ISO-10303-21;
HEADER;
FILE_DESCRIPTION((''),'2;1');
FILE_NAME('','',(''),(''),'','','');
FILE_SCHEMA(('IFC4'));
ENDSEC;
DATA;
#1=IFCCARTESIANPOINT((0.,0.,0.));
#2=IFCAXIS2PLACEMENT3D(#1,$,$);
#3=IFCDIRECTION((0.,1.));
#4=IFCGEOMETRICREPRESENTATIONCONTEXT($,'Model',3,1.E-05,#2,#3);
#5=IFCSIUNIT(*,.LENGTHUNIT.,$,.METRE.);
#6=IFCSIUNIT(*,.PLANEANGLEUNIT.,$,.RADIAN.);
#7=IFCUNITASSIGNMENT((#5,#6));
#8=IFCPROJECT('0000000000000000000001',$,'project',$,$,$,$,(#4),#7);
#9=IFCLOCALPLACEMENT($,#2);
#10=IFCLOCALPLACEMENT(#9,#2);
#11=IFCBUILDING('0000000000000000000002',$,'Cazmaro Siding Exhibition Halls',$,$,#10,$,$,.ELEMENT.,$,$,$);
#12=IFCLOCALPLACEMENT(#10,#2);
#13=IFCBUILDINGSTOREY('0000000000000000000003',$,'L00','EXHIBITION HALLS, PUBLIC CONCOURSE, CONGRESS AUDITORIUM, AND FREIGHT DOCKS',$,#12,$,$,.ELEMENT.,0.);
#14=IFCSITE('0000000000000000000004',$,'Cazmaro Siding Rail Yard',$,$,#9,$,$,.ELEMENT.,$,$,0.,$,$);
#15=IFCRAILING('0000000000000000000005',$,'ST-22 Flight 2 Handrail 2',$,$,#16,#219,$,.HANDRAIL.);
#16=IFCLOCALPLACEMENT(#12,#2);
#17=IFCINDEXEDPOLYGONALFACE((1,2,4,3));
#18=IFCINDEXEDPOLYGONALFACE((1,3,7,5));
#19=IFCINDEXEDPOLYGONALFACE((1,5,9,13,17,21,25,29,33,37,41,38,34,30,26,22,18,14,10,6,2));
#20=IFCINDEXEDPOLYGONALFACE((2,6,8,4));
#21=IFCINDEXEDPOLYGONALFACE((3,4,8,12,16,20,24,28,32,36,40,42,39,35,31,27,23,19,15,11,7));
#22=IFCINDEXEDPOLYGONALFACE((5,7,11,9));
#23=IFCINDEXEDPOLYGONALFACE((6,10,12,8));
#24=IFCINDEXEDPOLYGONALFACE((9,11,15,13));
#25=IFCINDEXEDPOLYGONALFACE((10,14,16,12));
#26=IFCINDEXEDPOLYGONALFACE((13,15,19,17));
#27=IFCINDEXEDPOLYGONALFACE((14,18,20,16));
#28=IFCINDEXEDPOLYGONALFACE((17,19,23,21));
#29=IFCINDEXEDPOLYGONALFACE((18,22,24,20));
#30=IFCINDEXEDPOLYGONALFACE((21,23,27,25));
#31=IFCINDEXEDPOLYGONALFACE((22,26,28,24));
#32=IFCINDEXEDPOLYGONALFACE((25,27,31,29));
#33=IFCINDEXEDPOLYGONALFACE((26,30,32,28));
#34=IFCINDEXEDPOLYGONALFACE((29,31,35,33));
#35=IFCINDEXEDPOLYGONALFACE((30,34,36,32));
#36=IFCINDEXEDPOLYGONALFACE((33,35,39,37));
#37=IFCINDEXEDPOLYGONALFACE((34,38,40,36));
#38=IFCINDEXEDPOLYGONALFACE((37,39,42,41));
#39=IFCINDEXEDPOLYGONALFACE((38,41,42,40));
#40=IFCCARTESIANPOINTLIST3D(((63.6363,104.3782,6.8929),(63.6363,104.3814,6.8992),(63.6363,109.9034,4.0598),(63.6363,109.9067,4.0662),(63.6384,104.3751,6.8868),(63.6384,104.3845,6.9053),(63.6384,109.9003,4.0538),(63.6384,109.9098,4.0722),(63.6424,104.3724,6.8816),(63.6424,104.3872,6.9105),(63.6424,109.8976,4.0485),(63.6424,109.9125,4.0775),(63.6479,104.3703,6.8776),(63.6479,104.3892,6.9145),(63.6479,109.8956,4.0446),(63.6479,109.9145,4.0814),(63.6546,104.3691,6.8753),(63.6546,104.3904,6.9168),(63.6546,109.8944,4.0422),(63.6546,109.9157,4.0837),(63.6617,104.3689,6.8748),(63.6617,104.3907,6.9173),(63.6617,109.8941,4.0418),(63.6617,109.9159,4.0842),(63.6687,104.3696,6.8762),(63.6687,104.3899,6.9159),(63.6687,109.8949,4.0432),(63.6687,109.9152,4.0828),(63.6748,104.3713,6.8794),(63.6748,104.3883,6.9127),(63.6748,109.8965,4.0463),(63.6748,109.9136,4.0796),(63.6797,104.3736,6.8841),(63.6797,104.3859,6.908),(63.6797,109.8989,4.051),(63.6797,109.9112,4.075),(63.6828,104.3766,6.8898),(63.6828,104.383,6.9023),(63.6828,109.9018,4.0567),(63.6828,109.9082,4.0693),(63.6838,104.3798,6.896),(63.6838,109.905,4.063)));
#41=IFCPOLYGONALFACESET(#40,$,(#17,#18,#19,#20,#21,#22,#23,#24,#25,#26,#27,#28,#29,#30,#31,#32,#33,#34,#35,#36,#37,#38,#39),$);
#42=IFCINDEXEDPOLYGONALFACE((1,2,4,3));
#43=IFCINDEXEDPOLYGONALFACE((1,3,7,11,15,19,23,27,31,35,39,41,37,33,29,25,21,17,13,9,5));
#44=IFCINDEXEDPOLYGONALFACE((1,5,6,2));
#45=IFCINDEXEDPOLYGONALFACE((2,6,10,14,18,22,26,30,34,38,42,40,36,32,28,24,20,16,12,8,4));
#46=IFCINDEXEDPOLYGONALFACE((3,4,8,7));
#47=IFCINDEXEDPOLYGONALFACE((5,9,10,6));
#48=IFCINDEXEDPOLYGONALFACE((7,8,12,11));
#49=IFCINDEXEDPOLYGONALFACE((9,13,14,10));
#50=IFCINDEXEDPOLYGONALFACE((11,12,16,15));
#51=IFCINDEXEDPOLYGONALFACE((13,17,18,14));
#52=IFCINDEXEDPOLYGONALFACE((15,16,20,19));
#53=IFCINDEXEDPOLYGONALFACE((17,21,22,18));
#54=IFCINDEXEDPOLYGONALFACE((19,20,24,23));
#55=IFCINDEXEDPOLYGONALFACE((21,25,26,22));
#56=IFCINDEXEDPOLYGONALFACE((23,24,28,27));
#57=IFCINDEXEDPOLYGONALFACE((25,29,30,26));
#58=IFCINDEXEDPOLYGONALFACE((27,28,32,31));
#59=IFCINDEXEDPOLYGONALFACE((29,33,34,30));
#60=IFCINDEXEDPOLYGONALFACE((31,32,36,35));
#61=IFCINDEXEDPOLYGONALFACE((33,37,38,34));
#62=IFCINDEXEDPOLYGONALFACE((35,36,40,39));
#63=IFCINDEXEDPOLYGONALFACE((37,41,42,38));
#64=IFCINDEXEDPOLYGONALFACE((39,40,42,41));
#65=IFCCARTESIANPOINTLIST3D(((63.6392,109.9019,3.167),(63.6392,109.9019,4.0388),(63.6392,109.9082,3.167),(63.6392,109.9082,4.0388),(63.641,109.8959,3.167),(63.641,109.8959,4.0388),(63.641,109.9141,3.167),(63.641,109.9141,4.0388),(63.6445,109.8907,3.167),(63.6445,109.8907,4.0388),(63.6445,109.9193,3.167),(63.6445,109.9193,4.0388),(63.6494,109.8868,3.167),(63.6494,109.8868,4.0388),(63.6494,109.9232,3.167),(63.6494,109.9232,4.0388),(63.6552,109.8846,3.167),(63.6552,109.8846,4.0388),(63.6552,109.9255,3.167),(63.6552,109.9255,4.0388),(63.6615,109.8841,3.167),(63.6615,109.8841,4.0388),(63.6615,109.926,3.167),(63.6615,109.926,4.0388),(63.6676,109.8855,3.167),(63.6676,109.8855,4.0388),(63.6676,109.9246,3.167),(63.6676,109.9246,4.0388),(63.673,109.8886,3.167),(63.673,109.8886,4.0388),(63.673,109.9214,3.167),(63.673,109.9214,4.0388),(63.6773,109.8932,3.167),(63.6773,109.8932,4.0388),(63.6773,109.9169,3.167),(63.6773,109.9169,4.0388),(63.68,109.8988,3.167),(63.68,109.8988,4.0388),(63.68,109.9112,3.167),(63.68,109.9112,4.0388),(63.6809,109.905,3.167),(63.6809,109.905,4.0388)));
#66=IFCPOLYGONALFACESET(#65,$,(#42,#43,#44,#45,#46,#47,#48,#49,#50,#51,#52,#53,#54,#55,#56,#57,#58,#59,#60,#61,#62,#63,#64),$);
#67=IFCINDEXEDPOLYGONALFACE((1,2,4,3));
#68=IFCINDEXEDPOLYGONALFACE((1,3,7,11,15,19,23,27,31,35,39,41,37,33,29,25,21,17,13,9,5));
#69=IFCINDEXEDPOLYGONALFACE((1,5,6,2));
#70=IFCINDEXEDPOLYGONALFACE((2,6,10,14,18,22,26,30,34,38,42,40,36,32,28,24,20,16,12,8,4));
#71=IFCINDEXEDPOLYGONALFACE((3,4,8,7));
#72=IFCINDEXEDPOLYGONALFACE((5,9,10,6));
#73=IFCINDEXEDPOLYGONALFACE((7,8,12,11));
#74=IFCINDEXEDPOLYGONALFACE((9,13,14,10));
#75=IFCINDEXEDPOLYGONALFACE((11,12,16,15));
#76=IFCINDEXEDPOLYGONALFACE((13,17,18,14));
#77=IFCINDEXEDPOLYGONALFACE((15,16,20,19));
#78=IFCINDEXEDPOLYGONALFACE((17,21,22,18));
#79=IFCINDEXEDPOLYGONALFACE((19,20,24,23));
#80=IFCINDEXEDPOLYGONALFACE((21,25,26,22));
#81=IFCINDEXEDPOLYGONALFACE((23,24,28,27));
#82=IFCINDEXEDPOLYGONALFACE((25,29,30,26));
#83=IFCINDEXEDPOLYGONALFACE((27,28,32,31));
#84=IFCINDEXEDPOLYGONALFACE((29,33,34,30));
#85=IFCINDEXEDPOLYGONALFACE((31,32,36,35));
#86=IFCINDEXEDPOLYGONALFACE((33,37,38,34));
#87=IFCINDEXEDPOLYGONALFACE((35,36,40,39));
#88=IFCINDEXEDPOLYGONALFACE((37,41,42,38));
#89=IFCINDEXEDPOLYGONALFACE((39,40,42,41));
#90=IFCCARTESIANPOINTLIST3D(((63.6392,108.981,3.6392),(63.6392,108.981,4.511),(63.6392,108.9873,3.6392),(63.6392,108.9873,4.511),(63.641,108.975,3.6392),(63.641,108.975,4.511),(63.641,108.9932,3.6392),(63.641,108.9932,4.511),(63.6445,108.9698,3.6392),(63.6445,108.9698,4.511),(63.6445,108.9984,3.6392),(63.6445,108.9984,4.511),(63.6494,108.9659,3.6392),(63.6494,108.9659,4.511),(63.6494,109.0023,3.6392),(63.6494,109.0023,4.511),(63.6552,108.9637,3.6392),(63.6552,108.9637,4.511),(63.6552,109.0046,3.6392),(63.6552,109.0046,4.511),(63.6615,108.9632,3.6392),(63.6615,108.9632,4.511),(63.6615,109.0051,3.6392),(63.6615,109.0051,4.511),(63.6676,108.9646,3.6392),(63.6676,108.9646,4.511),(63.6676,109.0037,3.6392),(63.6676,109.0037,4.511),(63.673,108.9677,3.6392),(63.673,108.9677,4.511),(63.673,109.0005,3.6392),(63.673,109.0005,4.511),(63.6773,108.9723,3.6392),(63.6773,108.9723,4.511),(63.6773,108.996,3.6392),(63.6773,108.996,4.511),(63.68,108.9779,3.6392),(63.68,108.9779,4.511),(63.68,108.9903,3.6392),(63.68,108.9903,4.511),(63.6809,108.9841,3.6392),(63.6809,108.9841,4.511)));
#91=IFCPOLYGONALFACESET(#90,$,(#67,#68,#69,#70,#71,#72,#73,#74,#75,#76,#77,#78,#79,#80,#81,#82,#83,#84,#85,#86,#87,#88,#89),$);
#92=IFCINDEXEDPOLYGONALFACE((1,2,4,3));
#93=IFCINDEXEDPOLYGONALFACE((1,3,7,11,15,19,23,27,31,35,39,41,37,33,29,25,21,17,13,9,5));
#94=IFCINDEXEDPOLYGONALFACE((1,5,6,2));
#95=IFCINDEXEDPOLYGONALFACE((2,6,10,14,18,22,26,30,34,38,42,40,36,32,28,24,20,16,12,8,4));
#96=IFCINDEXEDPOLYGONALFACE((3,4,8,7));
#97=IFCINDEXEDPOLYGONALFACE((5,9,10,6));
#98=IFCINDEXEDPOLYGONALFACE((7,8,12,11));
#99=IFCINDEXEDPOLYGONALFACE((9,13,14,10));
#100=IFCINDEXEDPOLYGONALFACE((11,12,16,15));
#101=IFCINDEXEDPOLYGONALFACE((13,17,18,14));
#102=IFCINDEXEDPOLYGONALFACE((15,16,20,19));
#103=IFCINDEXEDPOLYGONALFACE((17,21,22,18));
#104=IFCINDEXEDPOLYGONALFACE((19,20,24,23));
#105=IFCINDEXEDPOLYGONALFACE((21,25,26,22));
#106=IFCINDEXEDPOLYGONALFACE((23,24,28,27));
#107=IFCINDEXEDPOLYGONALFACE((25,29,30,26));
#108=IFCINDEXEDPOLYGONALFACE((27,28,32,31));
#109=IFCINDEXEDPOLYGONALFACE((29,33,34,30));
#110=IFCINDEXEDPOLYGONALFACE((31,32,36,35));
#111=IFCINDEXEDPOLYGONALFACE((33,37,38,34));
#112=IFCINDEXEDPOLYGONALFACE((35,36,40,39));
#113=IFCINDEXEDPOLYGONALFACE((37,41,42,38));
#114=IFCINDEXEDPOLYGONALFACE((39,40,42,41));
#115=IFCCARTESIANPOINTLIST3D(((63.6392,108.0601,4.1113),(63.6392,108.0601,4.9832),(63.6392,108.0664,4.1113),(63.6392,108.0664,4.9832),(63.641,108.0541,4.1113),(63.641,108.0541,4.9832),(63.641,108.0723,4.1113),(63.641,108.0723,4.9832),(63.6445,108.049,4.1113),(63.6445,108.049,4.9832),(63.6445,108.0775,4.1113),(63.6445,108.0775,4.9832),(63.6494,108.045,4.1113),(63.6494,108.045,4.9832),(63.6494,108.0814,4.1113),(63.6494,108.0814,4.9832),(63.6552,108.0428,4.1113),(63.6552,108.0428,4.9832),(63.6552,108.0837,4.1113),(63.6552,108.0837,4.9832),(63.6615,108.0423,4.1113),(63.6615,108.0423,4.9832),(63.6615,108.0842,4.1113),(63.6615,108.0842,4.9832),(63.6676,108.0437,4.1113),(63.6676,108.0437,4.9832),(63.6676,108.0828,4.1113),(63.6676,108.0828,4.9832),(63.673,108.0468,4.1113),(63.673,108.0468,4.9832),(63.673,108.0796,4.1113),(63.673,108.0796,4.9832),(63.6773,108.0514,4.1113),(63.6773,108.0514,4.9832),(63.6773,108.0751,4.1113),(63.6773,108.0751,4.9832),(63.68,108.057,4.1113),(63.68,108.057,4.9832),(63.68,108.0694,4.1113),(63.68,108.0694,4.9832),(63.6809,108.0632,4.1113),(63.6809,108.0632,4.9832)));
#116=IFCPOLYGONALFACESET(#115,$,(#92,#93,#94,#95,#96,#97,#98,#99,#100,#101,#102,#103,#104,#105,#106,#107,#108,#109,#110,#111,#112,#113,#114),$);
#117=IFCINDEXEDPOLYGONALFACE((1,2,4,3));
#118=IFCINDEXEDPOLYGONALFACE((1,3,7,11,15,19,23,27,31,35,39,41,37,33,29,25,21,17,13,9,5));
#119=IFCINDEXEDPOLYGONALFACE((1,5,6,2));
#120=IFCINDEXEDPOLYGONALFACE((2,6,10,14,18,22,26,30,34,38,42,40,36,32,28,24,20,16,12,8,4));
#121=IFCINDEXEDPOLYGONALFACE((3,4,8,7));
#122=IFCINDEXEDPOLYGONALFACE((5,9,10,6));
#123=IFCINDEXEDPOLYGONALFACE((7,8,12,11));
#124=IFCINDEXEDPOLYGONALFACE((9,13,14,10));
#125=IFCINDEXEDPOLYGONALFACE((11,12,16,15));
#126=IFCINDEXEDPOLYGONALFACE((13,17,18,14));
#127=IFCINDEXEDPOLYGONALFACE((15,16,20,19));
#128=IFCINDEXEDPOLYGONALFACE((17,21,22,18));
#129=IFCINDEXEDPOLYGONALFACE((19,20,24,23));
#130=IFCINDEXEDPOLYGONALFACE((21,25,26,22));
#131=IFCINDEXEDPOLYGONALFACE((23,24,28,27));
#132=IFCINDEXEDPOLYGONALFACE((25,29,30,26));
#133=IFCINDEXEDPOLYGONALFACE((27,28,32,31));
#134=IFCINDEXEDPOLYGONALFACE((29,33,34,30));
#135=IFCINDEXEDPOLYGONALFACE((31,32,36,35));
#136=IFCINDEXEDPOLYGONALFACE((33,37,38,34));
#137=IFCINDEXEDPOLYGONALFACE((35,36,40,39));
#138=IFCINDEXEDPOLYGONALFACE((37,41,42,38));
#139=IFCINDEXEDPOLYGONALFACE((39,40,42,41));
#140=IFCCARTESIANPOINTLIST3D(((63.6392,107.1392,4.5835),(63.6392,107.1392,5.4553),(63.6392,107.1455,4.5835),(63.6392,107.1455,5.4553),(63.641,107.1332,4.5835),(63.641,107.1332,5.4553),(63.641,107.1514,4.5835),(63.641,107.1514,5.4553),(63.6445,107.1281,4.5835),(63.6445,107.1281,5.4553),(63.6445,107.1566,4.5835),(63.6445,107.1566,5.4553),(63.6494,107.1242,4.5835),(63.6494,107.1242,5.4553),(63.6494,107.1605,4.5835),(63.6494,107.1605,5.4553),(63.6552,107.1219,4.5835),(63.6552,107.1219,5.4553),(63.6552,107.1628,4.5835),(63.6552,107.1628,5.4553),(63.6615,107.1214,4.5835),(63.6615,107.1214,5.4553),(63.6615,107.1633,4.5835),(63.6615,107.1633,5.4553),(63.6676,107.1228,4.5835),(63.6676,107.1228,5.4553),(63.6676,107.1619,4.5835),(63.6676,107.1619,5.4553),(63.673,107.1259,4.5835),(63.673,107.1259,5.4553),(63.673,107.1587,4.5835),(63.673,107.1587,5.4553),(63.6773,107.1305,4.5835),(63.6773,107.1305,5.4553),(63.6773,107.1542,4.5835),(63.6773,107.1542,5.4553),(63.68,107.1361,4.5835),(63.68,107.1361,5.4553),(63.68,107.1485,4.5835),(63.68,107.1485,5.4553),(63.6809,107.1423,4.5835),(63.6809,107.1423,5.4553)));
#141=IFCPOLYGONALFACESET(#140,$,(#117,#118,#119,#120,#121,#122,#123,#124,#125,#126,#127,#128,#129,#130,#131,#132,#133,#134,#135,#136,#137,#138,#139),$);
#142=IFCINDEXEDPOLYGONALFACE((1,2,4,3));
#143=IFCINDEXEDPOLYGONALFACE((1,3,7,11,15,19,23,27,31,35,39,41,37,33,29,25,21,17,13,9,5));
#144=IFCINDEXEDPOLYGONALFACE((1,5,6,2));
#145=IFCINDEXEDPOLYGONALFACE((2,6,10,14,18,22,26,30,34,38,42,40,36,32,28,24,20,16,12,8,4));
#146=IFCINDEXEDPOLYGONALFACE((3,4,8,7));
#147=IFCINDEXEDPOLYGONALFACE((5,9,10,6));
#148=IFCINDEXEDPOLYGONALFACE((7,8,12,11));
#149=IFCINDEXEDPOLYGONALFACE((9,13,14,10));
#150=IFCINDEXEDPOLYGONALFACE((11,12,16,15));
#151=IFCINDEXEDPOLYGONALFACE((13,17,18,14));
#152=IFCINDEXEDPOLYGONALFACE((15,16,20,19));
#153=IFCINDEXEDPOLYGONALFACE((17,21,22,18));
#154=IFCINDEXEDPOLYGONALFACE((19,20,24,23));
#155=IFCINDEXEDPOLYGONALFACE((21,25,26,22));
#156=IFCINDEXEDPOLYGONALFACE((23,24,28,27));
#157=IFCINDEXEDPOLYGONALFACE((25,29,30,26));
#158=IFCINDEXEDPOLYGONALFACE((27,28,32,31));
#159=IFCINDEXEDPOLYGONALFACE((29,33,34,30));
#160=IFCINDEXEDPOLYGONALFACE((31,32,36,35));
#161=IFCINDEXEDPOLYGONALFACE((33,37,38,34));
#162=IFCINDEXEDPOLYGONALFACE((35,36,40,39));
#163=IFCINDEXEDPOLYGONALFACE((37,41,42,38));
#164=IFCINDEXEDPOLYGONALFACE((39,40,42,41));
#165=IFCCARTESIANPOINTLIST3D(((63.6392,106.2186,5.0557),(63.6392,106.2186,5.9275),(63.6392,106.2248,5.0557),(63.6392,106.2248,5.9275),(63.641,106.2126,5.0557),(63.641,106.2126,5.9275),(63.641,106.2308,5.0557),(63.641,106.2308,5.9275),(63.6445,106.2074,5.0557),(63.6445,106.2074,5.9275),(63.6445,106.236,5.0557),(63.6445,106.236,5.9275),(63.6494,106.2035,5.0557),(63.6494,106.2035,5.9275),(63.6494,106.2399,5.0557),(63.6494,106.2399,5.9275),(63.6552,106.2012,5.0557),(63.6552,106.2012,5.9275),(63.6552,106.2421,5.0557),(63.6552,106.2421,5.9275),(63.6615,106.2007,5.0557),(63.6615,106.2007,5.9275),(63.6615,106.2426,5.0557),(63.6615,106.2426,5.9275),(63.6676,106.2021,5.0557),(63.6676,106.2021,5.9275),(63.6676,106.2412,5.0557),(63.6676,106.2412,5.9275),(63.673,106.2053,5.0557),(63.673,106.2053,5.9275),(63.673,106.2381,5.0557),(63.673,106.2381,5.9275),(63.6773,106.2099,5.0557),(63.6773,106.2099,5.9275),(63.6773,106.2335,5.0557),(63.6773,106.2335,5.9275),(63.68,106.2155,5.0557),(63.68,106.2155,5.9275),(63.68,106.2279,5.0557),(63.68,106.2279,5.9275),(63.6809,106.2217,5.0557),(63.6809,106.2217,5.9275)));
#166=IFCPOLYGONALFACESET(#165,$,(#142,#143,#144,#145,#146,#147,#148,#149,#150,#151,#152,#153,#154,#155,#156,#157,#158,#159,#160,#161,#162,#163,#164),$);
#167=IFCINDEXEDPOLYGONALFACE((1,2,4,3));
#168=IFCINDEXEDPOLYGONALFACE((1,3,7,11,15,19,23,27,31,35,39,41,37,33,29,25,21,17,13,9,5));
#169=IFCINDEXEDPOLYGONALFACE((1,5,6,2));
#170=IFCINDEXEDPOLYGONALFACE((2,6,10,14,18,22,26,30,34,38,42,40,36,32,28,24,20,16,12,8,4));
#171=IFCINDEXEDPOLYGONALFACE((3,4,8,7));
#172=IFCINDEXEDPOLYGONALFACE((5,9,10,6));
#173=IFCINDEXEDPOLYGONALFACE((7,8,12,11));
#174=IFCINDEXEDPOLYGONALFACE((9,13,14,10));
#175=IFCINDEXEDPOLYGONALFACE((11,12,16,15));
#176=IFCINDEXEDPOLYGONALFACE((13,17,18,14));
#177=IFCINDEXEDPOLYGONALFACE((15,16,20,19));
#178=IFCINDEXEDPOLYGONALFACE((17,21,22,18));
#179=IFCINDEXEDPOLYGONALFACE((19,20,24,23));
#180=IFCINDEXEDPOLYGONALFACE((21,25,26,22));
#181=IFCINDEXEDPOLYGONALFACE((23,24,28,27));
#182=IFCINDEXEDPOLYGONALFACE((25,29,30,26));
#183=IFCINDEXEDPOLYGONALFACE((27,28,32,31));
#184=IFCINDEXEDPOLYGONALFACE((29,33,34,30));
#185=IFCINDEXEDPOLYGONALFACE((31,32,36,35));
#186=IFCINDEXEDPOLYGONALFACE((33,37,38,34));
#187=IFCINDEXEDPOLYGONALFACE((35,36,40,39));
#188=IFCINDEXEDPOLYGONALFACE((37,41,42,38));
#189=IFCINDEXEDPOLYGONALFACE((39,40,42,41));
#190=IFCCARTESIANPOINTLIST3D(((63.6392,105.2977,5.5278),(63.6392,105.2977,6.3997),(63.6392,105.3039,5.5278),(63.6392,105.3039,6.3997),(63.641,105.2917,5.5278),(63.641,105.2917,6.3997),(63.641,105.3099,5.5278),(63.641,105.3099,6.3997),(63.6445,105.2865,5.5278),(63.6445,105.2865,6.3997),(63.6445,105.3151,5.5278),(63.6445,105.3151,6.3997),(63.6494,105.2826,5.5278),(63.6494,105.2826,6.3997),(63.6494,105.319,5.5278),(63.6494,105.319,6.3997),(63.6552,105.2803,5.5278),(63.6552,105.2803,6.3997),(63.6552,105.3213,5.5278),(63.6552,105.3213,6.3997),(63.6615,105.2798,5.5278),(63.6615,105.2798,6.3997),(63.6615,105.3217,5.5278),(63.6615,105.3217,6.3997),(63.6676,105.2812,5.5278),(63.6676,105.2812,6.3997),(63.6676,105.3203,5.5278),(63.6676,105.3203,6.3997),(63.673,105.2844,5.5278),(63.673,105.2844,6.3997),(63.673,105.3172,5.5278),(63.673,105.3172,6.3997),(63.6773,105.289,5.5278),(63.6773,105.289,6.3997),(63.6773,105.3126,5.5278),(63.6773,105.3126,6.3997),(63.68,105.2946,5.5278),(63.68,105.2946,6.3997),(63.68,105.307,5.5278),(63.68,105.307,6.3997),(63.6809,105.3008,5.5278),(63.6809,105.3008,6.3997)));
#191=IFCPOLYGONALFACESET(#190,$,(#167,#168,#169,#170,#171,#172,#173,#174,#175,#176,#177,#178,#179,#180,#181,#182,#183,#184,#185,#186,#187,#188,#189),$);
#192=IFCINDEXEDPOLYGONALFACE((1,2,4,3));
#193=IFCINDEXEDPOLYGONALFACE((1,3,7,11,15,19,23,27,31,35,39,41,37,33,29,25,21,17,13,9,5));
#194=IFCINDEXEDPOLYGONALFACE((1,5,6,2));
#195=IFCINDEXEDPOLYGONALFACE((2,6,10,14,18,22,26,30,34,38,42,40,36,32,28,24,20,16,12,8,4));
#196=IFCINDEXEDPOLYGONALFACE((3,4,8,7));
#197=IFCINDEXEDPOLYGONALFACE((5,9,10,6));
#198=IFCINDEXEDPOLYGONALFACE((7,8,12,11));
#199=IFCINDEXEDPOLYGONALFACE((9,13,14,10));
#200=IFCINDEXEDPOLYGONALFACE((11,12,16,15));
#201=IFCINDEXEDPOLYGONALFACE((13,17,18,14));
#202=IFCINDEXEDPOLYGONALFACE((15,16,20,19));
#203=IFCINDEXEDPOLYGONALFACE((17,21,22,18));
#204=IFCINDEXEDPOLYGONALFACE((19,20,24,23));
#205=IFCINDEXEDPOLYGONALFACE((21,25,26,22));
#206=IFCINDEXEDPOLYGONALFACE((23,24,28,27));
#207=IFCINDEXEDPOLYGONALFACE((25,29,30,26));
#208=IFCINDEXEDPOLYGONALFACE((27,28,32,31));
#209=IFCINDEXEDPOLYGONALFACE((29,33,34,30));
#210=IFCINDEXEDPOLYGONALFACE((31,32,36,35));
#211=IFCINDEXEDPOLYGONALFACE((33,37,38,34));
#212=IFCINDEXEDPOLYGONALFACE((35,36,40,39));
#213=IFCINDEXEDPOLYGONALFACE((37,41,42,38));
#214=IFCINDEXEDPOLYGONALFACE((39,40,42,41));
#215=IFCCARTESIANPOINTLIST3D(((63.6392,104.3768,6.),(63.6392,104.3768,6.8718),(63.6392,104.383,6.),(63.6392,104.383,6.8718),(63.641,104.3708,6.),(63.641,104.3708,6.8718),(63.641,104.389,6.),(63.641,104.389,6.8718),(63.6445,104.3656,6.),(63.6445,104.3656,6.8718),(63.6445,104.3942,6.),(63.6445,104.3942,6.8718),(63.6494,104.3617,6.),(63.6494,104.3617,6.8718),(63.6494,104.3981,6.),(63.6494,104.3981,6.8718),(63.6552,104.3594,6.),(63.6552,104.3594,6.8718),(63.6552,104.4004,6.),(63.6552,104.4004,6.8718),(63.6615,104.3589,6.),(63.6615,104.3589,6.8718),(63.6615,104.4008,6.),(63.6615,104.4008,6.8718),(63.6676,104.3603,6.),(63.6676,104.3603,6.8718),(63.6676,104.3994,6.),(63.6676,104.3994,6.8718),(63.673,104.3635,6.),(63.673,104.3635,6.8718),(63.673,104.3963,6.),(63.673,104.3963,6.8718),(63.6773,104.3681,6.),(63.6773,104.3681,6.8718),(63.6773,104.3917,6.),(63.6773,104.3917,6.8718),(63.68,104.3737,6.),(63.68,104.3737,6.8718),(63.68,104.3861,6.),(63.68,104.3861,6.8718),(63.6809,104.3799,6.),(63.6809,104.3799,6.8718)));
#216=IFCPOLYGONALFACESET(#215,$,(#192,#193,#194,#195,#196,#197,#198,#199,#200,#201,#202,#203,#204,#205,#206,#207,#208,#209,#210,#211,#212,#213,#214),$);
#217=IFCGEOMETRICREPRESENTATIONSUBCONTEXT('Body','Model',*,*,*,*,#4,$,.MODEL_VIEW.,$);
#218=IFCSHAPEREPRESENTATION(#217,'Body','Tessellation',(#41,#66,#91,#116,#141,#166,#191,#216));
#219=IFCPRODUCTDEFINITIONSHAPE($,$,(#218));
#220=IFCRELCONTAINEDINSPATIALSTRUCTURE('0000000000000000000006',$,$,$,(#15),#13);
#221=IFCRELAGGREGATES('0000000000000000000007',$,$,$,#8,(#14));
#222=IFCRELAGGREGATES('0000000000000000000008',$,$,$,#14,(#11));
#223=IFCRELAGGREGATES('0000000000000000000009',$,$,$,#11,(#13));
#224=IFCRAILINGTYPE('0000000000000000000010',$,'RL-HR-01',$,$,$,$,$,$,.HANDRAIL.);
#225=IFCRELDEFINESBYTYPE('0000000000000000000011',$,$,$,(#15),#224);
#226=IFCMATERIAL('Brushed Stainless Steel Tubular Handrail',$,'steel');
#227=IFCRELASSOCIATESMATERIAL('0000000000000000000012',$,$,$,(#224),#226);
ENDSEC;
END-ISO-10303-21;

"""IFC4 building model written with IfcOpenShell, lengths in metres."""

from ifc_helpers import new_model, si_unit, direction, frame, origin, origin_2d, place, context, subcontext, project, spatial, circle, extrude, material, type_object, element, save


model = new_model("IFC4")

# Units and contexts
model_context = context("Model", 3, precision=1e-05, world=origin(), true_north=direction((0.0, 1.0)))
body_context = subcontext(model_context, "Body", "Model", "MODEL_VIEW")
ifc_project = project(units=[si_unit("LENGTHUNIT", "METRE"), si_unit("PLANEANGLEUNIT", "RADIAN")], contexts=[model_context])

# Site, building, storey
site_placement = place(None, origin())
site = spatial("IfcSite", under=ifc_project, at=site_placement, Name="Cazmaro Siding Rail Yard", CompositionType="ELEMENT", RefElevation=0.0)
building_placement = place(site_placement, origin())
building = spatial("IfcBuilding", under=site, at=building_placement, Name="Cazmaro Siding Exhibition Halls", CompositionType="ELEMENT")
storey_placement = place(building_placement, origin())
storey = spatial("IfcBuildingStorey", under=building, at=storey_placement, Name="L00", Description="EXHIBITION HALLS, PUBLIC CONCOURSE, CONGRESS AUDITORIUM, AND FREIGHT DOCKS", CompositionType="ELEMENT", Elevation=0.0)

# Railing
ifc_material_1 = material(Name="Brushed Stainless Steel Tubular Handrail", Category="steel")
railing_type_1 = type_object("IfcRailingType", Name="RL-HR-01", PredefinedType="HANDRAIL", material=ifc_material_1)
railing_1_placement = place(storey_placement, frame((63.6599, 109.905, 3.167)))
element("IfcRailing", 1, at=railing_1_placement, inside=storey, type_object=railing_type_1, Name="ST-22 Flight 2 Handrail 2", PredefinedType="HANDRAIL", context=body_context, shape_type="SweptSolid", body=[
    extrude(circle(Radius=0.0239, at=origin_2d()), frame((0.0, 0.0, 0.896), z_axis=(0.0, -0.889844, 0.456266), x_axis=(1.0, 0.0, 0.0)), (0.0, 0.0, 1.0), 6.2092),
    extrude(circle(Radius=0.021, at=origin_2d()), origin(), (0.0, 0.0, 1.0), 0.8718),
    extrude(circle(Radius=0.021, at=origin_2d()), frame((0.0, -0.9209, 0.4722)), (0.0, 0.0, 1.0), 0.8718),
    extrude(circle(Radius=0.021, at=origin_2d()), frame((0.0, -1.8418, 0.9443)), (0.0, 0.0, 1.0), 0.8718),
    extrude(circle(Radius=0.021, at=origin_2d()), frame((0.0, -2.7627, 1.4165)), (0.0, 0.0, 1.0), 0.8718),
    extrude(circle(Radius=0.021, at=origin_2d()), frame((0.0, -3.6833, 1.8887)), (0.0, 0.0, 1.0), 0.8718),
    extrude(circle(Radius=0.021, at=origin_2d()), frame((0.0, -4.6042, 2.3608)), (0.0, 0.0, 1.0), 0.8718),
    extrude(circle(Radius=0.021, at=origin_2d()), frame((0.0, -5.5251, 2.833)), (0.0, 0.0, 1.0), 0.8718),
])

save(model, "model.ifc")
